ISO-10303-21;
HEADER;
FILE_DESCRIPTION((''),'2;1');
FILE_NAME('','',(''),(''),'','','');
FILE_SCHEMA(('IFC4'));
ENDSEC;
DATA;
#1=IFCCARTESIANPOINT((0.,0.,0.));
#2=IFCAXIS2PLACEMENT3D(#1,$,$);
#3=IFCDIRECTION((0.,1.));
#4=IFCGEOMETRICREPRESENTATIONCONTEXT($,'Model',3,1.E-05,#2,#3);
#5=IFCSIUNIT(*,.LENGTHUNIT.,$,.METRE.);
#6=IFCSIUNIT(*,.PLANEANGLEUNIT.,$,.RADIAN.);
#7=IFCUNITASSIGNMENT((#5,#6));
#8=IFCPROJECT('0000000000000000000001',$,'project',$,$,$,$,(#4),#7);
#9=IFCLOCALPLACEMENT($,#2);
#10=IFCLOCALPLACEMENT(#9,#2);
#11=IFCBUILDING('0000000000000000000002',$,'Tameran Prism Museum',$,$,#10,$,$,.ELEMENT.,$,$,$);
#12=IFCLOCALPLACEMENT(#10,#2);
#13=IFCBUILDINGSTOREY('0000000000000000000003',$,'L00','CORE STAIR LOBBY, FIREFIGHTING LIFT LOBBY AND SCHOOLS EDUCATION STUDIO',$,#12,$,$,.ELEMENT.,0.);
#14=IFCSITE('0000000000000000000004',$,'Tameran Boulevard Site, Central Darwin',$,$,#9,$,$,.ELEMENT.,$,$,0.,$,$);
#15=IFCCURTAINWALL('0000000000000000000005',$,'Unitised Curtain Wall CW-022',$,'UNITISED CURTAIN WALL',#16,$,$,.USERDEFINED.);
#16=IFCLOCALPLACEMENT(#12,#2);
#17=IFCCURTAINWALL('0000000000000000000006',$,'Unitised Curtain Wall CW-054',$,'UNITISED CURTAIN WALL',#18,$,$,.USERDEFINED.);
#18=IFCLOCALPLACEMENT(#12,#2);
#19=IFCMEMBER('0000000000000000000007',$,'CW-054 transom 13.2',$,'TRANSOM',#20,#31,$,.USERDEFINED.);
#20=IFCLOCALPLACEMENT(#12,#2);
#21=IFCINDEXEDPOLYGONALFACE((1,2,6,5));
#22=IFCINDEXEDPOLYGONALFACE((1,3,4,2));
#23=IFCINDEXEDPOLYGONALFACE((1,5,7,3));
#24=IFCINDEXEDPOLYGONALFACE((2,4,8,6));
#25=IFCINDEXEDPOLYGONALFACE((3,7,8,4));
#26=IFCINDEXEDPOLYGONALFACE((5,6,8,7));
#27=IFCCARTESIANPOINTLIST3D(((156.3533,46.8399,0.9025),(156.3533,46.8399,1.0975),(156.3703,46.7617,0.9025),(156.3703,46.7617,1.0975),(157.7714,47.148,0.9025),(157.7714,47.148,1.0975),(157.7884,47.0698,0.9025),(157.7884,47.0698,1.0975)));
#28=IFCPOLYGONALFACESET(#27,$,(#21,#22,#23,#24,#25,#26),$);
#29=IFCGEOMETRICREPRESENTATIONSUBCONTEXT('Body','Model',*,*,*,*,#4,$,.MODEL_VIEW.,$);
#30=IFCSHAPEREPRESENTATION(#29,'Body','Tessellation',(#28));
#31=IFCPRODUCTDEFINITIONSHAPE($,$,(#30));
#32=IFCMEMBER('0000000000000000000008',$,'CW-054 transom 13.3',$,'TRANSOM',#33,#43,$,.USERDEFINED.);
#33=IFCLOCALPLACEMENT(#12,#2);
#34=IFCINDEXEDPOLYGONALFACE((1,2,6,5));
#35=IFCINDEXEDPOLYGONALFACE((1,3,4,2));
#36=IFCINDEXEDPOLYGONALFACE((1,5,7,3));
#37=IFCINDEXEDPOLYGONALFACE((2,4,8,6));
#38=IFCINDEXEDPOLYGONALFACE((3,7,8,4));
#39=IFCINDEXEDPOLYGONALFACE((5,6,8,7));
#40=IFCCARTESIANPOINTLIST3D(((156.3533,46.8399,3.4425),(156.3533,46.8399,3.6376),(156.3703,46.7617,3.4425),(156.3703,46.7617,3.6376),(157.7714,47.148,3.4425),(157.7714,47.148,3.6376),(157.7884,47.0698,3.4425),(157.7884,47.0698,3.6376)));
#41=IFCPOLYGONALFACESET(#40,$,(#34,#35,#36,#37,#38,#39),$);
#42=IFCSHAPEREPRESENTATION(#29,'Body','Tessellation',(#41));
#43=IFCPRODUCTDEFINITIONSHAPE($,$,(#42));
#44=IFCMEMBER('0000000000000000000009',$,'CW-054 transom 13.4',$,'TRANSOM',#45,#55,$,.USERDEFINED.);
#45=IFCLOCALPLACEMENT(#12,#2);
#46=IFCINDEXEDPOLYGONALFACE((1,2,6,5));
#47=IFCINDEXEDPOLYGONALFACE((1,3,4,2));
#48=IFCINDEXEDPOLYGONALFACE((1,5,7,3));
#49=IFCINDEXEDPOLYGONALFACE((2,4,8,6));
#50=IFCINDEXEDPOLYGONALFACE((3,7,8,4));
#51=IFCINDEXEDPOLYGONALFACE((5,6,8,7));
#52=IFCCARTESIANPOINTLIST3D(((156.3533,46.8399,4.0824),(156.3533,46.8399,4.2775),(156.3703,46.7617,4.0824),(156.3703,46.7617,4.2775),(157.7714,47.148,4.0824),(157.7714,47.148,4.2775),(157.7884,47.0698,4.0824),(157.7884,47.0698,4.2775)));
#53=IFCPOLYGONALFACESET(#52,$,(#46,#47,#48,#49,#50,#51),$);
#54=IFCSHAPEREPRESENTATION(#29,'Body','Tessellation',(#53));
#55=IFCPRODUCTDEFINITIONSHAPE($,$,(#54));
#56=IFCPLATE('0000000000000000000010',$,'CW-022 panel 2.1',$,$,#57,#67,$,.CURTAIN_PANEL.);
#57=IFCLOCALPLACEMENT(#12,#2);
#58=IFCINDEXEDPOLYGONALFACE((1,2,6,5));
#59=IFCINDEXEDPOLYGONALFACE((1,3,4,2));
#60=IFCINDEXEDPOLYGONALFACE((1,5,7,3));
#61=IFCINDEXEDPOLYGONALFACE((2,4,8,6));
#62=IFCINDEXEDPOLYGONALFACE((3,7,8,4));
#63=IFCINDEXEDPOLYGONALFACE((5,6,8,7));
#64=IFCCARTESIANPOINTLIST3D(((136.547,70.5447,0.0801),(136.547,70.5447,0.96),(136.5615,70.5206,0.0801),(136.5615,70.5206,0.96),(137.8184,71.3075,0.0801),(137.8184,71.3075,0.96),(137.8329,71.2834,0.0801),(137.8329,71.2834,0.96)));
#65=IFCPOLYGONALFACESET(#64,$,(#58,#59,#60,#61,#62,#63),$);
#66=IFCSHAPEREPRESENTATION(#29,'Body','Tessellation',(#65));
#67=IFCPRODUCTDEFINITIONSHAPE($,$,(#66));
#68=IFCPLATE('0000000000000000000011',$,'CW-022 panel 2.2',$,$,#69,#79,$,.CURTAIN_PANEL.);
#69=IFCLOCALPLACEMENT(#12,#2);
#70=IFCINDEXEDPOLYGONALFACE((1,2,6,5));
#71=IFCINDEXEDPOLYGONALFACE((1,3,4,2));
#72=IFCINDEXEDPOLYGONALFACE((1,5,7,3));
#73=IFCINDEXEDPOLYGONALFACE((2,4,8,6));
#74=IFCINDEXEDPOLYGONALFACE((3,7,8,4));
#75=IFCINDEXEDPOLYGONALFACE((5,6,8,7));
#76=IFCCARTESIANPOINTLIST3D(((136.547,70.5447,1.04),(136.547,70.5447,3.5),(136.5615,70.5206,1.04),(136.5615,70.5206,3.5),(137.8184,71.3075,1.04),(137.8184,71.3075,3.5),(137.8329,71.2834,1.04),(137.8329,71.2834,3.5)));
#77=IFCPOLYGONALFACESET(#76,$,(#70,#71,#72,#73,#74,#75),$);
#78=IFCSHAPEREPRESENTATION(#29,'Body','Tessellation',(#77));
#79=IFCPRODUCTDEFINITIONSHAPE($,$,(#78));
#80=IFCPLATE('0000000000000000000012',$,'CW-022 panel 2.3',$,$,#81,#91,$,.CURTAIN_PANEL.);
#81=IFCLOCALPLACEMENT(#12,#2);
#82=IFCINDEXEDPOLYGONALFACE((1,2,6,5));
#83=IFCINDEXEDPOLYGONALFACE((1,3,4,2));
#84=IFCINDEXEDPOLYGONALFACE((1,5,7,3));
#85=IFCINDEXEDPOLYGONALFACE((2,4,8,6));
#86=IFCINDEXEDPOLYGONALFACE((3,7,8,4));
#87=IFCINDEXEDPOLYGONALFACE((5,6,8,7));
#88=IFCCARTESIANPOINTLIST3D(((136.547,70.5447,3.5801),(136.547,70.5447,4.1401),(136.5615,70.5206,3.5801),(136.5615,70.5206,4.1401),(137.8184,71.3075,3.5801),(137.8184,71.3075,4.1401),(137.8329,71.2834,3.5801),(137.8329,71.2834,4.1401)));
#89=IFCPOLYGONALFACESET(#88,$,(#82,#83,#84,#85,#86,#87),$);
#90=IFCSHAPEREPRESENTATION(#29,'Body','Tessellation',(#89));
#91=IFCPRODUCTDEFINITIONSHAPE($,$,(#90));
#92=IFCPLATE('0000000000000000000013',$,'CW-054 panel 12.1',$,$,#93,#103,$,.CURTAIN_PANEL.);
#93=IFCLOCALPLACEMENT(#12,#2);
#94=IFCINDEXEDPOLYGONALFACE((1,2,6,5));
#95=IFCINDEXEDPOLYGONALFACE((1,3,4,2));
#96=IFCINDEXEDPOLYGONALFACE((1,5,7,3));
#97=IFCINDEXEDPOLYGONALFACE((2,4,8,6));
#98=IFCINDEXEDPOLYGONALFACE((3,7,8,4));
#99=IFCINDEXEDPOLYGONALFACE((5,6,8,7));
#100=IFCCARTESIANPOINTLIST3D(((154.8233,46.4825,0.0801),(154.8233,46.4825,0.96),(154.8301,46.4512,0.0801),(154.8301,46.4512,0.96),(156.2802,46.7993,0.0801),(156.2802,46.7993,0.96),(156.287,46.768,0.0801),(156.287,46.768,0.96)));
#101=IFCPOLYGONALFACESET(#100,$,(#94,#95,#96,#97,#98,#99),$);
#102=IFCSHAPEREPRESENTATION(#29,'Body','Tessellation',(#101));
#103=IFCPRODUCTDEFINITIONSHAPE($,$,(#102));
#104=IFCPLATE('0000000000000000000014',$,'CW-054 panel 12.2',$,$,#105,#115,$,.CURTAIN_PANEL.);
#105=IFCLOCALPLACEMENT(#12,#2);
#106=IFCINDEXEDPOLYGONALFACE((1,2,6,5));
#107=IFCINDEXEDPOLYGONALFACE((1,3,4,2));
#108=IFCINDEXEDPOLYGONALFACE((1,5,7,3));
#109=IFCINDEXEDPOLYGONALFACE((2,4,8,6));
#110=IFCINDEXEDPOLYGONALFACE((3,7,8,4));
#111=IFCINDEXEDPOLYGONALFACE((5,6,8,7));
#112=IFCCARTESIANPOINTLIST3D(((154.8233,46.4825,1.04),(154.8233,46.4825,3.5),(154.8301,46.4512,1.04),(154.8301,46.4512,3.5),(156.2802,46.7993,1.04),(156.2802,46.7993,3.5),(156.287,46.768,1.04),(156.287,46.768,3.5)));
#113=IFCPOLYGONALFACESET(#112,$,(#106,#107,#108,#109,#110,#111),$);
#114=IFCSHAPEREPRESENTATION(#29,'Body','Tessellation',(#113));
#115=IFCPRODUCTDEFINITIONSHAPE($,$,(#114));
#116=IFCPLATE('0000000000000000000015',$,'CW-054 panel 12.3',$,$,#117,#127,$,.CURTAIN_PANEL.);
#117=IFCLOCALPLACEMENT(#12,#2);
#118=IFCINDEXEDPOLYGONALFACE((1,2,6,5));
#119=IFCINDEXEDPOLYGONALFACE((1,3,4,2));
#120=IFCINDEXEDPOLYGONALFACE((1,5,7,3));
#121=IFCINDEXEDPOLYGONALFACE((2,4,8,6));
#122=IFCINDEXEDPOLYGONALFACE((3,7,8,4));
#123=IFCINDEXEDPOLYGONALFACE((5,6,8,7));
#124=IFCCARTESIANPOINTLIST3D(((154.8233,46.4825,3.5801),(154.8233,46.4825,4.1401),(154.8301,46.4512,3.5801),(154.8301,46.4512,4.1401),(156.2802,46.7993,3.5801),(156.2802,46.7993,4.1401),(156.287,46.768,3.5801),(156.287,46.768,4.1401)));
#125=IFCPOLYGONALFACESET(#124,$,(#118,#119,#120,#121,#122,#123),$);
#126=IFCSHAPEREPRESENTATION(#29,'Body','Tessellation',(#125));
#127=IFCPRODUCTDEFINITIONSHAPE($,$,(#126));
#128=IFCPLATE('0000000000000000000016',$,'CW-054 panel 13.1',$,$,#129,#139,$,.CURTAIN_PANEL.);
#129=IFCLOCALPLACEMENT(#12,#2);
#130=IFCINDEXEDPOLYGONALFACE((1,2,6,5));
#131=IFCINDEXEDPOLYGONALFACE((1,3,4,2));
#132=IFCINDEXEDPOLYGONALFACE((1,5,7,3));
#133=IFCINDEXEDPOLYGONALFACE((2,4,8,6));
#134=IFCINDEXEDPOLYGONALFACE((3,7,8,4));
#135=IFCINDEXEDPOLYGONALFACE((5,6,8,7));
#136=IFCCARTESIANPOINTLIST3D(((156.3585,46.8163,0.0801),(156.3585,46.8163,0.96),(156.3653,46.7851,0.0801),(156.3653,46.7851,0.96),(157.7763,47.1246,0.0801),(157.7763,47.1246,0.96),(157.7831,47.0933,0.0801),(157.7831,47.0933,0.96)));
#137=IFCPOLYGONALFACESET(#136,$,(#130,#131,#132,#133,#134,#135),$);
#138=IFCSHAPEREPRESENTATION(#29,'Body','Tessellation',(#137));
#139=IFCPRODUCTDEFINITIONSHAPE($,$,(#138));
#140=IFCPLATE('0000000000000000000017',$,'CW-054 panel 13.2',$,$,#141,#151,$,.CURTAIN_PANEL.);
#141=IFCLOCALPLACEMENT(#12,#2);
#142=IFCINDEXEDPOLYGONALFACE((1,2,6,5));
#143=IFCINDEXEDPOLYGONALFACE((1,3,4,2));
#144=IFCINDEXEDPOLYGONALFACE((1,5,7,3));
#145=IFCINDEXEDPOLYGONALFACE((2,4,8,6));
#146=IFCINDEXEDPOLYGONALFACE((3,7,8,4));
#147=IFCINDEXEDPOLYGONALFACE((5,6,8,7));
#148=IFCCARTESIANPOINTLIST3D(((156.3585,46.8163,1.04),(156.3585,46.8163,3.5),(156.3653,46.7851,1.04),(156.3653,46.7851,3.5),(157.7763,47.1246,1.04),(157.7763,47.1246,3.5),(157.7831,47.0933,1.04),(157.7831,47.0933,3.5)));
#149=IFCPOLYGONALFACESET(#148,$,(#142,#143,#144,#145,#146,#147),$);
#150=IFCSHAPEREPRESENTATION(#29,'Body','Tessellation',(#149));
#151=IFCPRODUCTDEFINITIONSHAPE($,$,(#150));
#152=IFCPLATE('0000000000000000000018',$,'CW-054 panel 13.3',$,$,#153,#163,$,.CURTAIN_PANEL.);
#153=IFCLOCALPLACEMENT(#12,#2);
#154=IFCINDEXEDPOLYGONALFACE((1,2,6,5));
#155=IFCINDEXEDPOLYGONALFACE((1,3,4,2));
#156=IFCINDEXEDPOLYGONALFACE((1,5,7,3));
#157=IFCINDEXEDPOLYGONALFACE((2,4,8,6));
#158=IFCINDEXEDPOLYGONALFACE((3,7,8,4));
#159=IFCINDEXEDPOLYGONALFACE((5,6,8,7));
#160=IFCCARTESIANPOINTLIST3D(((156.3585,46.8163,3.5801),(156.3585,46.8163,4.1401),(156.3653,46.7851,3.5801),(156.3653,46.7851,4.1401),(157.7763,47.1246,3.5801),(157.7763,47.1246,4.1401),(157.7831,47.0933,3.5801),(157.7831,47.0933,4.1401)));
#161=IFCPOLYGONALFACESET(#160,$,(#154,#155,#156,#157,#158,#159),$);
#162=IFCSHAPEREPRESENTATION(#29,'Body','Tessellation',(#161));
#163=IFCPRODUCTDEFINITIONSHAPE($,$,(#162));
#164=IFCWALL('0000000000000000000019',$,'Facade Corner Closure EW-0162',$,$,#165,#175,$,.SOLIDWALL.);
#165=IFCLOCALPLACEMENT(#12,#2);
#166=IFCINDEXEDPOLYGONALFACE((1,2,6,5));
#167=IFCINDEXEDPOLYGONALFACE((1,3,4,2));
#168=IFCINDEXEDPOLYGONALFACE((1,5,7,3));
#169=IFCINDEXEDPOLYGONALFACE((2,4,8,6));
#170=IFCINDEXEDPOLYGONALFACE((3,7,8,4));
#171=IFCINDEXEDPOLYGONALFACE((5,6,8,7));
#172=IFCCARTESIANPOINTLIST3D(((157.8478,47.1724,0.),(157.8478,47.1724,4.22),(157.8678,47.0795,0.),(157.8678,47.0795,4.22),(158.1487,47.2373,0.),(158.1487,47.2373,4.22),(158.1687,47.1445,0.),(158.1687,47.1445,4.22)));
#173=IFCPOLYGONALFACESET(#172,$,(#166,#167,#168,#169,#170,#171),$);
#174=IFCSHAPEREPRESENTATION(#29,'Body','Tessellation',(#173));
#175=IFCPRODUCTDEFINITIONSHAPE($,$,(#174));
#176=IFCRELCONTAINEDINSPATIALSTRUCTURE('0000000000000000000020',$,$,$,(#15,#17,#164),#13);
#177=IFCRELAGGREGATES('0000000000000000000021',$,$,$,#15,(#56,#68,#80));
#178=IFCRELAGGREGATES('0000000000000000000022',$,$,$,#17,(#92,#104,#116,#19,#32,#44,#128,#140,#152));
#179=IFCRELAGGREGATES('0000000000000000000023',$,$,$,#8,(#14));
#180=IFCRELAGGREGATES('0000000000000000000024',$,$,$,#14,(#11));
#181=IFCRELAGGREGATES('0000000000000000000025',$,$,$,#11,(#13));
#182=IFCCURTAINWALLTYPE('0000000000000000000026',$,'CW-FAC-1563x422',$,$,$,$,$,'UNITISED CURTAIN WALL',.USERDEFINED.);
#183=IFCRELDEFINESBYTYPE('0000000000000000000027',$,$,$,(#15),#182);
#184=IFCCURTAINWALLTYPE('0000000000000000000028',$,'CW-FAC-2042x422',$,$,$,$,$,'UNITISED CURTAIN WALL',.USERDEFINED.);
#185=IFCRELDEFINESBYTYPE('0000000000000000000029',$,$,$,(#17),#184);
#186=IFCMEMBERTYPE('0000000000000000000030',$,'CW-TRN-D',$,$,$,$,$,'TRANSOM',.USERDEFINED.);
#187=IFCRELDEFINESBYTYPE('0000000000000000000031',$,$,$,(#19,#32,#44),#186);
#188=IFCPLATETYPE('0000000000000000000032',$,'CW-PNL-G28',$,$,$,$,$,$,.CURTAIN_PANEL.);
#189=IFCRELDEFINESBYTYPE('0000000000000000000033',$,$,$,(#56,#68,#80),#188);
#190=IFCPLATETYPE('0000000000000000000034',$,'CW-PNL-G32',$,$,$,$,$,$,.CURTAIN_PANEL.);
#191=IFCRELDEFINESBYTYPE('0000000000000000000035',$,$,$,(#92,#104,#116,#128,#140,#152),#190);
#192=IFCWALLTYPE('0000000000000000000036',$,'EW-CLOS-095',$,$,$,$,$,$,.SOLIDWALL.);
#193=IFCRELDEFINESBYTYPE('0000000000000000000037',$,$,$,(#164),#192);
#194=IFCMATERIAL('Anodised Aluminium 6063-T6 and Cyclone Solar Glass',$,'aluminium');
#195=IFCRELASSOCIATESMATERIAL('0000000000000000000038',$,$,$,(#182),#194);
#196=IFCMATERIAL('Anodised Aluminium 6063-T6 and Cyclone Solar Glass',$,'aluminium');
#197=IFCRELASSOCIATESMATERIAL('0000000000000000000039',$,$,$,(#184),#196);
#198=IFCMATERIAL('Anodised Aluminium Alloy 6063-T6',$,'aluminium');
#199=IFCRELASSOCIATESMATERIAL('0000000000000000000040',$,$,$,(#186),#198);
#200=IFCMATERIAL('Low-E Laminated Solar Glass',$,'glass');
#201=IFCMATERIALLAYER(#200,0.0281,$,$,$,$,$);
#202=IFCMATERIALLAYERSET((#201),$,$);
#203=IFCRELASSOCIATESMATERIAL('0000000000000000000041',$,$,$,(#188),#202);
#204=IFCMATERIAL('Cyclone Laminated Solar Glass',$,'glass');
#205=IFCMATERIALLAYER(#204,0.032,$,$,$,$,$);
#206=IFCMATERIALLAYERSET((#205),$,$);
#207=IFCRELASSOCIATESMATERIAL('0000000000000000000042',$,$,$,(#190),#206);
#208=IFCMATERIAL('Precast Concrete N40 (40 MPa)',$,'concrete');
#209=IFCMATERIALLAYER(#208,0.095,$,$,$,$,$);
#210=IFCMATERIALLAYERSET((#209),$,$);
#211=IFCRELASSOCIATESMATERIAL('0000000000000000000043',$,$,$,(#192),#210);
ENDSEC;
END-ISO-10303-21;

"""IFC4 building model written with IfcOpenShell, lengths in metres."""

from ifc_helpers import new_model, si_unit, direction, frame, frame_2d, origin, origin_2d, place, context, subcontext, project, spatial, rectangle, extrude, material, layer, layer_set, material_profile, profile_set, type_object, element, aggregate, save


model = new_model("IFC4")

# Units and contexts
model_context = context("Model", 3, precision=1e-05, world=origin(), true_north=direction((0.0, 1.0)))
body_context = subcontext(model_context, "Body", "Model", "MODEL_VIEW")
ifc_project = project(units=[si_unit("LENGTHUNIT", "METRE"), si_unit("PLANEANGLEUNIT", "RADIAN")], contexts=[model_context])

# Site, building, storey
site_placement = place(None, origin())
site = spatial("IfcSite", under=ifc_project, at=site_placement, Name="Tameran Boulevard Site, Central Darwin", CompositionType="ELEMENT", RefElevation=0.0)
building_placement = place(site_placement, origin())
building = spatial("IfcBuilding", under=site, at=building_placement, Name="Tameran Prism Museum", CompositionType="ELEMENT")
storey_placement = place(building_placement, origin())
storey = spatial("IfcBuildingStorey", under=building, at=storey_placement, Name="L00", Description="CORE STAIR LOBBY, FIREFIGHTING LIFT LOBBY AND SCHOOLS EDUCATION STUDIO", CompositionType="ELEMENT", Elevation=0.0)

# Curtain walls
ifc_material_1 = material(Name="Anodised Aluminium 6063-T6 and Cyclone Solar Glass", Category="aluminium")
curtain_wall_type_1 = type_object("IfcCurtainWallType", Name="CW-FAC-1563x422", ElementType="UNITISED CURTAIN WALL", PredefinedType="USERDEFINED", material=ifc_material_1)
curtain_wall_1_placement = place(storey_placement, origin())
curtain_wall_1 = element("IfcCurtainWall", 1, at=curtain_wall_1_placement, inside=storey, type_object=curtain_wall_type_1, Name="Unitised Curtain Wall CW-022", ObjectType="UNITISED CURTAIN WALL", PredefinedType="USERDEFINED")
ifc_material_2 = material(Name="Anodised Aluminium 6063-T6 and Cyclone Solar Glass", Category="aluminium")
curtain_wall_type_2 = type_object("IfcCurtainWallType", Name="CW-FAC-2042x422", ElementType="UNITISED CURTAIN WALL", PredefinedType="USERDEFINED", material=ifc_material_2)
curtain_wall_2_placement = place(storey_placement, origin())
curtain_wall_2 = element("IfcCurtainWall", 2, at=curtain_wall_2_placement, inside=storey, type_object=curtain_wall_type_2, Name="Unitised Curtain Wall CW-054", ObjectType="UNITISED CURTAIN WALL", PredefinedType="USERDEFINED")

# Members
ifc_material_3 = material(Name="Anodised Aluminium Alloy 6063-T6", Category="aluminium")
ifc_material_profile_1 = material_profile(ifc_material_3, rectangle(XDim=0.0801, YDim=0.1951, at=origin_2d()))
ifc_profile_set_1 = profile_set([ifc_material_profile_1])
member_type_1 = type_object("IfcMemberType", Name="CW-TRN-D", ElementType="TRANSOM", PredefinedType="USERDEFINED", material=ifc_profile_set_1)
member_1_placement = place(storey_placement, frame((156.3618, 46.8008, 1.0), z_axis=(0.977198, 0.212332, 0.0), x_axis=(-0.212332, 0.977198, 0.0)))
member_1 = element("IfcMember", 3, at=member_1_placement, type_object=member_type_1, Name="CW-054 transom 13.2", ObjectType="TRANSOM", PredefinedType="USERDEFINED", context=body_context, shape_type="SweptSolid", body=[
    extrude(rectangle(XDim=0.0801, YDim=0.1951, at=origin_2d()), origin(), (0.0, 0.0, 1.0), 1.4512),
])
member_2_placement = place(storey_placement, frame((156.3618, 46.8008, 3.54), z_axis=(0.977198, 0.212332, 0.0), x_axis=(-0.212332, 0.977198, 0.0)))
member_2 = element("IfcMember", 4, at=member_2_placement, type_object=member_type_1, Name="CW-054 transom 13.3", ObjectType="TRANSOM", PredefinedType="USERDEFINED", context=body_context, shape_type="SweptSolid", body=[
    extrude(rectangle(XDim=0.0801, YDim=0.1951, at=origin_2d()), origin(), (0.0, 0.0, 1.0), 1.4512),
])
member_3_placement = place(storey_placement, frame((156.3618, 46.8008, 4.1799), z_axis=(0.977198, 0.212332, 0.0), x_axis=(-0.212332, 0.977198, 0.0)))
member_3 = element("IfcMember", 5, at=member_3_placement, type_object=member_type_1, Name="CW-054 transom 13.4", ObjectType="TRANSOM", PredefinedType="USERDEFINED", context=body_context, shape_type="SweptSolid", body=[
    extrude(rectangle(XDim=0.0801, YDim=0.1951, at=origin_2d()), origin(), (0.0, 0.0, 1.0), 1.4512),
])

# Plates
ifc_material_4 = material(Name="Low-E Laminated Solar Glass", Category="glass")
ifc_layer_1 = layer(ifc_material_4, 0.0281)
ifc_layer_set_1 = layer_set([ifc_layer_1])
plate_type_1 = type_object("IfcPlateType", Name="CW-PNL-G28", PredefinedType="CURTAIN_PANEL", material=ifc_layer_set_1)
plate_1_placement = place(storey_placement, frame((137.1899, 70.9141, 0.0801), z_axis=(0.0, 0.0, 1.0), x_axis=(-0.857493, -0.514496, 0.0)))
plate_1 = element("IfcPlate", 6, at=plate_1_placement, type_object=plate_type_1, Name="CW-022 panel 2.1", PredefinedType="CURTAIN_PANEL", context=body_context, shape_type="SweptSolid", body=[
    extrude(rectangle(XDim=1.4827, YDim=0.0281, at=origin_2d()), origin(), (0.0, 0.0, 1.0), 0.8799),
])
plate_2_placement = place(storey_placement, frame((137.1899, 70.9141, 1.04), z_axis=(0.0, 0.0, 1.0), x_axis=(-0.857493, -0.514496, 0.0)))
plate_2 = element("IfcPlate", 7, at=plate_2_placement, type_object=plate_type_1, Name="CW-022 panel 2.2", PredefinedType="CURTAIN_PANEL", context=body_context, shape_type="SweptSolid", body=[
    extrude(rectangle(XDim=1.4827, YDim=0.0281, at=origin_2d()), origin(), (0.0, 0.0, 1.0), 2.46),
])
plate_3_placement = place(storey_placement, frame((137.1899, 70.9141, 3.5801), z_axis=(0.0, 0.0, 1.0), x_axis=(-0.857493, -0.514496, 0.0)))
plate_3 = element("IfcPlate", 8, at=plate_3_placement, type_object=plate_type_1, Name="CW-022 panel 2.3", PredefinedType="CURTAIN_PANEL", context=body_context, shape_type="SweptSolid", body=[
    extrude(rectangle(XDim=1.4827, YDim=0.0281, at=origin_2d()), origin(), (0.0, 0.0, 1.0), 0.5601),
])
aggregate(curtain_wall_1, [plate_1, plate_2, plate_3])
ifc_material_5 = material(Name="Cyclone Laminated Solar Glass", Category="glass")
ifc_layer_2 = layer(ifc_material_5, 0.032)
ifc_layer_set_2 = layer_set([ifc_layer_2])
plate_type_2 = type_object("IfcPlateType", Name="CW-PNL-G32", PredefinedType="CURTAIN_PANEL", material=ifc_layer_set_2)
plate_4_placement = place(storey_placement, frame((155.5552, 46.6252, 0.0801), z_axis=(0.0, 0.0, 1.0), x_axis=(0.977171, 0.212454, 0.0)))
plate_4 = element("IfcPlate", 9, at=plate_4_placement, type_object=plate_type_2, Name="CW-054 panel 12.1", PredefinedType="CURTAIN_PANEL", context=body_context, shape_type="SweptSolid", body=[
    extrude(rectangle(XDim=1.491, YDim=0.032, at=origin_2d()), origin(), (0.0, 0.0, 1.0), 0.8799),
])
plate_5_placement = place(storey_placement, frame((155.5552, 46.6252, 1.04), z_axis=(0.0, 0.0, 1.0), x_axis=(0.977171, 0.212454, 0.0)))
plate_5 = element("IfcPlate", 10, at=plate_5_placement, type_object=plate_type_2, Name="CW-054 panel 12.2", PredefinedType="CURTAIN_PANEL", context=body_context, shape_type="SweptSolid", body=[
    extrude(rectangle(XDim=1.491, YDim=0.032, at=origin_2d()), origin(), (0.0, 0.0, 1.0), 2.46),
])
plate_6_placement = place(storey_placement, frame((155.5552, 46.6252, 3.5801), z_axis=(0.0, 0.0, 1.0), x_axis=(0.977171, 0.212454, 0.0)))
plate_6 = element("IfcPlate", 11, at=plate_6_placement, type_object=plate_type_2, Name="CW-054 panel 12.3", PredefinedType="CURTAIN_PANEL", context=body_context, shape_type="SweptSolid", body=[
    extrude(rectangle(XDim=1.491, YDim=0.032, at=origin_2d()), origin(), (0.0, 0.0, 1.0), 0.5601),
])
plate_7_placement = place(storey_placement, frame((157.0708, 46.9548, 0.0801), z_axis=(0.0, 0.0, 1.0), x_axis=(0.977171, 0.212454, 0.0)))
plate_7 = element("IfcPlate", 12, at=plate_7_placement, type_object=plate_type_2, Name="CW-054 panel 13.1", PredefinedType="CURTAIN_PANEL", context=body_context, shape_type="SweptSolid", body=[
    extrude(rectangle(XDim=1.4509, YDim=0.032, at=origin_2d()), origin(), (0.0, 0.0, 1.0), 0.8799),
])
plate_8_placement = place(storey_placement, frame((157.0708, 46.9548, 1.04), z_axis=(0.0, 0.0, 1.0), x_axis=(0.977171, 0.212454, 0.0)))
plate_8 = element("IfcPlate", 13, at=plate_8_placement, type_object=plate_type_2, Name="CW-054 panel 13.2", PredefinedType="CURTAIN_PANEL", context=body_context, shape_type="SweptSolid", body=[
    extrude(rectangle(XDim=1.4509, YDim=0.032, at=origin_2d()), origin(), (0.0, 0.0, 1.0), 2.46),
])
plate_9_placement = place(storey_placement, frame((157.0708, 46.9548, 3.5801), z_axis=(0.0, 0.0, 1.0), x_axis=(0.977171, 0.212454, 0.0)))
plate_9 = element("IfcPlate", 14, at=plate_9_placement, type_object=plate_type_2, Name="CW-054 panel 13.3", PredefinedType="CURTAIN_PANEL", context=body_context, shape_type="SweptSolid", body=[
    extrude(rectangle(XDim=1.4509, YDim=0.032, at=origin_2d()), origin(), (0.0, 0.0, 1.0), 0.5601),
])
aggregate(curtain_wall_2, [plate_4, plate_5, plate_6, member_1, member_2, member_3, plate_7, plate_8, plate_9])

# Wall
ifc_material_6 = material(Name="Precast Concrete N40 (40 MPa)", Category="concrete")
ifc_layer_3 = layer(ifc_material_6, 0.095)
ifc_layer_set_3 = layer_set([ifc_layer_3])
wall_type_1 = type_object("IfcWallType", Name="EW-CLOS-095", PredefinedType="SOLIDWALL", material=ifc_layer_set_3)
wall_1_placement = place(storey_placement, frame((157.8579, 47.126, 0.0), z_axis=(0.0, 0.0, 1.0), x_axis=(0.977511, 0.210882, 0.0)))
element("IfcWall", 15, at=wall_1_placement, inside=storey, type_object=wall_type_1, Name="Facade Corner Closure EW-0162", PredefinedType="SOLIDWALL", context=body_context, shape_type="SweptSolid", body=[
    extrude(rectangle(XDim=0.3079, YDim=0.095, at=frame_2d((0.1538, 0.0))), origin(), (0.0, 0.0, 1.0), 4.22),
])

save(model, "model.ifc")
